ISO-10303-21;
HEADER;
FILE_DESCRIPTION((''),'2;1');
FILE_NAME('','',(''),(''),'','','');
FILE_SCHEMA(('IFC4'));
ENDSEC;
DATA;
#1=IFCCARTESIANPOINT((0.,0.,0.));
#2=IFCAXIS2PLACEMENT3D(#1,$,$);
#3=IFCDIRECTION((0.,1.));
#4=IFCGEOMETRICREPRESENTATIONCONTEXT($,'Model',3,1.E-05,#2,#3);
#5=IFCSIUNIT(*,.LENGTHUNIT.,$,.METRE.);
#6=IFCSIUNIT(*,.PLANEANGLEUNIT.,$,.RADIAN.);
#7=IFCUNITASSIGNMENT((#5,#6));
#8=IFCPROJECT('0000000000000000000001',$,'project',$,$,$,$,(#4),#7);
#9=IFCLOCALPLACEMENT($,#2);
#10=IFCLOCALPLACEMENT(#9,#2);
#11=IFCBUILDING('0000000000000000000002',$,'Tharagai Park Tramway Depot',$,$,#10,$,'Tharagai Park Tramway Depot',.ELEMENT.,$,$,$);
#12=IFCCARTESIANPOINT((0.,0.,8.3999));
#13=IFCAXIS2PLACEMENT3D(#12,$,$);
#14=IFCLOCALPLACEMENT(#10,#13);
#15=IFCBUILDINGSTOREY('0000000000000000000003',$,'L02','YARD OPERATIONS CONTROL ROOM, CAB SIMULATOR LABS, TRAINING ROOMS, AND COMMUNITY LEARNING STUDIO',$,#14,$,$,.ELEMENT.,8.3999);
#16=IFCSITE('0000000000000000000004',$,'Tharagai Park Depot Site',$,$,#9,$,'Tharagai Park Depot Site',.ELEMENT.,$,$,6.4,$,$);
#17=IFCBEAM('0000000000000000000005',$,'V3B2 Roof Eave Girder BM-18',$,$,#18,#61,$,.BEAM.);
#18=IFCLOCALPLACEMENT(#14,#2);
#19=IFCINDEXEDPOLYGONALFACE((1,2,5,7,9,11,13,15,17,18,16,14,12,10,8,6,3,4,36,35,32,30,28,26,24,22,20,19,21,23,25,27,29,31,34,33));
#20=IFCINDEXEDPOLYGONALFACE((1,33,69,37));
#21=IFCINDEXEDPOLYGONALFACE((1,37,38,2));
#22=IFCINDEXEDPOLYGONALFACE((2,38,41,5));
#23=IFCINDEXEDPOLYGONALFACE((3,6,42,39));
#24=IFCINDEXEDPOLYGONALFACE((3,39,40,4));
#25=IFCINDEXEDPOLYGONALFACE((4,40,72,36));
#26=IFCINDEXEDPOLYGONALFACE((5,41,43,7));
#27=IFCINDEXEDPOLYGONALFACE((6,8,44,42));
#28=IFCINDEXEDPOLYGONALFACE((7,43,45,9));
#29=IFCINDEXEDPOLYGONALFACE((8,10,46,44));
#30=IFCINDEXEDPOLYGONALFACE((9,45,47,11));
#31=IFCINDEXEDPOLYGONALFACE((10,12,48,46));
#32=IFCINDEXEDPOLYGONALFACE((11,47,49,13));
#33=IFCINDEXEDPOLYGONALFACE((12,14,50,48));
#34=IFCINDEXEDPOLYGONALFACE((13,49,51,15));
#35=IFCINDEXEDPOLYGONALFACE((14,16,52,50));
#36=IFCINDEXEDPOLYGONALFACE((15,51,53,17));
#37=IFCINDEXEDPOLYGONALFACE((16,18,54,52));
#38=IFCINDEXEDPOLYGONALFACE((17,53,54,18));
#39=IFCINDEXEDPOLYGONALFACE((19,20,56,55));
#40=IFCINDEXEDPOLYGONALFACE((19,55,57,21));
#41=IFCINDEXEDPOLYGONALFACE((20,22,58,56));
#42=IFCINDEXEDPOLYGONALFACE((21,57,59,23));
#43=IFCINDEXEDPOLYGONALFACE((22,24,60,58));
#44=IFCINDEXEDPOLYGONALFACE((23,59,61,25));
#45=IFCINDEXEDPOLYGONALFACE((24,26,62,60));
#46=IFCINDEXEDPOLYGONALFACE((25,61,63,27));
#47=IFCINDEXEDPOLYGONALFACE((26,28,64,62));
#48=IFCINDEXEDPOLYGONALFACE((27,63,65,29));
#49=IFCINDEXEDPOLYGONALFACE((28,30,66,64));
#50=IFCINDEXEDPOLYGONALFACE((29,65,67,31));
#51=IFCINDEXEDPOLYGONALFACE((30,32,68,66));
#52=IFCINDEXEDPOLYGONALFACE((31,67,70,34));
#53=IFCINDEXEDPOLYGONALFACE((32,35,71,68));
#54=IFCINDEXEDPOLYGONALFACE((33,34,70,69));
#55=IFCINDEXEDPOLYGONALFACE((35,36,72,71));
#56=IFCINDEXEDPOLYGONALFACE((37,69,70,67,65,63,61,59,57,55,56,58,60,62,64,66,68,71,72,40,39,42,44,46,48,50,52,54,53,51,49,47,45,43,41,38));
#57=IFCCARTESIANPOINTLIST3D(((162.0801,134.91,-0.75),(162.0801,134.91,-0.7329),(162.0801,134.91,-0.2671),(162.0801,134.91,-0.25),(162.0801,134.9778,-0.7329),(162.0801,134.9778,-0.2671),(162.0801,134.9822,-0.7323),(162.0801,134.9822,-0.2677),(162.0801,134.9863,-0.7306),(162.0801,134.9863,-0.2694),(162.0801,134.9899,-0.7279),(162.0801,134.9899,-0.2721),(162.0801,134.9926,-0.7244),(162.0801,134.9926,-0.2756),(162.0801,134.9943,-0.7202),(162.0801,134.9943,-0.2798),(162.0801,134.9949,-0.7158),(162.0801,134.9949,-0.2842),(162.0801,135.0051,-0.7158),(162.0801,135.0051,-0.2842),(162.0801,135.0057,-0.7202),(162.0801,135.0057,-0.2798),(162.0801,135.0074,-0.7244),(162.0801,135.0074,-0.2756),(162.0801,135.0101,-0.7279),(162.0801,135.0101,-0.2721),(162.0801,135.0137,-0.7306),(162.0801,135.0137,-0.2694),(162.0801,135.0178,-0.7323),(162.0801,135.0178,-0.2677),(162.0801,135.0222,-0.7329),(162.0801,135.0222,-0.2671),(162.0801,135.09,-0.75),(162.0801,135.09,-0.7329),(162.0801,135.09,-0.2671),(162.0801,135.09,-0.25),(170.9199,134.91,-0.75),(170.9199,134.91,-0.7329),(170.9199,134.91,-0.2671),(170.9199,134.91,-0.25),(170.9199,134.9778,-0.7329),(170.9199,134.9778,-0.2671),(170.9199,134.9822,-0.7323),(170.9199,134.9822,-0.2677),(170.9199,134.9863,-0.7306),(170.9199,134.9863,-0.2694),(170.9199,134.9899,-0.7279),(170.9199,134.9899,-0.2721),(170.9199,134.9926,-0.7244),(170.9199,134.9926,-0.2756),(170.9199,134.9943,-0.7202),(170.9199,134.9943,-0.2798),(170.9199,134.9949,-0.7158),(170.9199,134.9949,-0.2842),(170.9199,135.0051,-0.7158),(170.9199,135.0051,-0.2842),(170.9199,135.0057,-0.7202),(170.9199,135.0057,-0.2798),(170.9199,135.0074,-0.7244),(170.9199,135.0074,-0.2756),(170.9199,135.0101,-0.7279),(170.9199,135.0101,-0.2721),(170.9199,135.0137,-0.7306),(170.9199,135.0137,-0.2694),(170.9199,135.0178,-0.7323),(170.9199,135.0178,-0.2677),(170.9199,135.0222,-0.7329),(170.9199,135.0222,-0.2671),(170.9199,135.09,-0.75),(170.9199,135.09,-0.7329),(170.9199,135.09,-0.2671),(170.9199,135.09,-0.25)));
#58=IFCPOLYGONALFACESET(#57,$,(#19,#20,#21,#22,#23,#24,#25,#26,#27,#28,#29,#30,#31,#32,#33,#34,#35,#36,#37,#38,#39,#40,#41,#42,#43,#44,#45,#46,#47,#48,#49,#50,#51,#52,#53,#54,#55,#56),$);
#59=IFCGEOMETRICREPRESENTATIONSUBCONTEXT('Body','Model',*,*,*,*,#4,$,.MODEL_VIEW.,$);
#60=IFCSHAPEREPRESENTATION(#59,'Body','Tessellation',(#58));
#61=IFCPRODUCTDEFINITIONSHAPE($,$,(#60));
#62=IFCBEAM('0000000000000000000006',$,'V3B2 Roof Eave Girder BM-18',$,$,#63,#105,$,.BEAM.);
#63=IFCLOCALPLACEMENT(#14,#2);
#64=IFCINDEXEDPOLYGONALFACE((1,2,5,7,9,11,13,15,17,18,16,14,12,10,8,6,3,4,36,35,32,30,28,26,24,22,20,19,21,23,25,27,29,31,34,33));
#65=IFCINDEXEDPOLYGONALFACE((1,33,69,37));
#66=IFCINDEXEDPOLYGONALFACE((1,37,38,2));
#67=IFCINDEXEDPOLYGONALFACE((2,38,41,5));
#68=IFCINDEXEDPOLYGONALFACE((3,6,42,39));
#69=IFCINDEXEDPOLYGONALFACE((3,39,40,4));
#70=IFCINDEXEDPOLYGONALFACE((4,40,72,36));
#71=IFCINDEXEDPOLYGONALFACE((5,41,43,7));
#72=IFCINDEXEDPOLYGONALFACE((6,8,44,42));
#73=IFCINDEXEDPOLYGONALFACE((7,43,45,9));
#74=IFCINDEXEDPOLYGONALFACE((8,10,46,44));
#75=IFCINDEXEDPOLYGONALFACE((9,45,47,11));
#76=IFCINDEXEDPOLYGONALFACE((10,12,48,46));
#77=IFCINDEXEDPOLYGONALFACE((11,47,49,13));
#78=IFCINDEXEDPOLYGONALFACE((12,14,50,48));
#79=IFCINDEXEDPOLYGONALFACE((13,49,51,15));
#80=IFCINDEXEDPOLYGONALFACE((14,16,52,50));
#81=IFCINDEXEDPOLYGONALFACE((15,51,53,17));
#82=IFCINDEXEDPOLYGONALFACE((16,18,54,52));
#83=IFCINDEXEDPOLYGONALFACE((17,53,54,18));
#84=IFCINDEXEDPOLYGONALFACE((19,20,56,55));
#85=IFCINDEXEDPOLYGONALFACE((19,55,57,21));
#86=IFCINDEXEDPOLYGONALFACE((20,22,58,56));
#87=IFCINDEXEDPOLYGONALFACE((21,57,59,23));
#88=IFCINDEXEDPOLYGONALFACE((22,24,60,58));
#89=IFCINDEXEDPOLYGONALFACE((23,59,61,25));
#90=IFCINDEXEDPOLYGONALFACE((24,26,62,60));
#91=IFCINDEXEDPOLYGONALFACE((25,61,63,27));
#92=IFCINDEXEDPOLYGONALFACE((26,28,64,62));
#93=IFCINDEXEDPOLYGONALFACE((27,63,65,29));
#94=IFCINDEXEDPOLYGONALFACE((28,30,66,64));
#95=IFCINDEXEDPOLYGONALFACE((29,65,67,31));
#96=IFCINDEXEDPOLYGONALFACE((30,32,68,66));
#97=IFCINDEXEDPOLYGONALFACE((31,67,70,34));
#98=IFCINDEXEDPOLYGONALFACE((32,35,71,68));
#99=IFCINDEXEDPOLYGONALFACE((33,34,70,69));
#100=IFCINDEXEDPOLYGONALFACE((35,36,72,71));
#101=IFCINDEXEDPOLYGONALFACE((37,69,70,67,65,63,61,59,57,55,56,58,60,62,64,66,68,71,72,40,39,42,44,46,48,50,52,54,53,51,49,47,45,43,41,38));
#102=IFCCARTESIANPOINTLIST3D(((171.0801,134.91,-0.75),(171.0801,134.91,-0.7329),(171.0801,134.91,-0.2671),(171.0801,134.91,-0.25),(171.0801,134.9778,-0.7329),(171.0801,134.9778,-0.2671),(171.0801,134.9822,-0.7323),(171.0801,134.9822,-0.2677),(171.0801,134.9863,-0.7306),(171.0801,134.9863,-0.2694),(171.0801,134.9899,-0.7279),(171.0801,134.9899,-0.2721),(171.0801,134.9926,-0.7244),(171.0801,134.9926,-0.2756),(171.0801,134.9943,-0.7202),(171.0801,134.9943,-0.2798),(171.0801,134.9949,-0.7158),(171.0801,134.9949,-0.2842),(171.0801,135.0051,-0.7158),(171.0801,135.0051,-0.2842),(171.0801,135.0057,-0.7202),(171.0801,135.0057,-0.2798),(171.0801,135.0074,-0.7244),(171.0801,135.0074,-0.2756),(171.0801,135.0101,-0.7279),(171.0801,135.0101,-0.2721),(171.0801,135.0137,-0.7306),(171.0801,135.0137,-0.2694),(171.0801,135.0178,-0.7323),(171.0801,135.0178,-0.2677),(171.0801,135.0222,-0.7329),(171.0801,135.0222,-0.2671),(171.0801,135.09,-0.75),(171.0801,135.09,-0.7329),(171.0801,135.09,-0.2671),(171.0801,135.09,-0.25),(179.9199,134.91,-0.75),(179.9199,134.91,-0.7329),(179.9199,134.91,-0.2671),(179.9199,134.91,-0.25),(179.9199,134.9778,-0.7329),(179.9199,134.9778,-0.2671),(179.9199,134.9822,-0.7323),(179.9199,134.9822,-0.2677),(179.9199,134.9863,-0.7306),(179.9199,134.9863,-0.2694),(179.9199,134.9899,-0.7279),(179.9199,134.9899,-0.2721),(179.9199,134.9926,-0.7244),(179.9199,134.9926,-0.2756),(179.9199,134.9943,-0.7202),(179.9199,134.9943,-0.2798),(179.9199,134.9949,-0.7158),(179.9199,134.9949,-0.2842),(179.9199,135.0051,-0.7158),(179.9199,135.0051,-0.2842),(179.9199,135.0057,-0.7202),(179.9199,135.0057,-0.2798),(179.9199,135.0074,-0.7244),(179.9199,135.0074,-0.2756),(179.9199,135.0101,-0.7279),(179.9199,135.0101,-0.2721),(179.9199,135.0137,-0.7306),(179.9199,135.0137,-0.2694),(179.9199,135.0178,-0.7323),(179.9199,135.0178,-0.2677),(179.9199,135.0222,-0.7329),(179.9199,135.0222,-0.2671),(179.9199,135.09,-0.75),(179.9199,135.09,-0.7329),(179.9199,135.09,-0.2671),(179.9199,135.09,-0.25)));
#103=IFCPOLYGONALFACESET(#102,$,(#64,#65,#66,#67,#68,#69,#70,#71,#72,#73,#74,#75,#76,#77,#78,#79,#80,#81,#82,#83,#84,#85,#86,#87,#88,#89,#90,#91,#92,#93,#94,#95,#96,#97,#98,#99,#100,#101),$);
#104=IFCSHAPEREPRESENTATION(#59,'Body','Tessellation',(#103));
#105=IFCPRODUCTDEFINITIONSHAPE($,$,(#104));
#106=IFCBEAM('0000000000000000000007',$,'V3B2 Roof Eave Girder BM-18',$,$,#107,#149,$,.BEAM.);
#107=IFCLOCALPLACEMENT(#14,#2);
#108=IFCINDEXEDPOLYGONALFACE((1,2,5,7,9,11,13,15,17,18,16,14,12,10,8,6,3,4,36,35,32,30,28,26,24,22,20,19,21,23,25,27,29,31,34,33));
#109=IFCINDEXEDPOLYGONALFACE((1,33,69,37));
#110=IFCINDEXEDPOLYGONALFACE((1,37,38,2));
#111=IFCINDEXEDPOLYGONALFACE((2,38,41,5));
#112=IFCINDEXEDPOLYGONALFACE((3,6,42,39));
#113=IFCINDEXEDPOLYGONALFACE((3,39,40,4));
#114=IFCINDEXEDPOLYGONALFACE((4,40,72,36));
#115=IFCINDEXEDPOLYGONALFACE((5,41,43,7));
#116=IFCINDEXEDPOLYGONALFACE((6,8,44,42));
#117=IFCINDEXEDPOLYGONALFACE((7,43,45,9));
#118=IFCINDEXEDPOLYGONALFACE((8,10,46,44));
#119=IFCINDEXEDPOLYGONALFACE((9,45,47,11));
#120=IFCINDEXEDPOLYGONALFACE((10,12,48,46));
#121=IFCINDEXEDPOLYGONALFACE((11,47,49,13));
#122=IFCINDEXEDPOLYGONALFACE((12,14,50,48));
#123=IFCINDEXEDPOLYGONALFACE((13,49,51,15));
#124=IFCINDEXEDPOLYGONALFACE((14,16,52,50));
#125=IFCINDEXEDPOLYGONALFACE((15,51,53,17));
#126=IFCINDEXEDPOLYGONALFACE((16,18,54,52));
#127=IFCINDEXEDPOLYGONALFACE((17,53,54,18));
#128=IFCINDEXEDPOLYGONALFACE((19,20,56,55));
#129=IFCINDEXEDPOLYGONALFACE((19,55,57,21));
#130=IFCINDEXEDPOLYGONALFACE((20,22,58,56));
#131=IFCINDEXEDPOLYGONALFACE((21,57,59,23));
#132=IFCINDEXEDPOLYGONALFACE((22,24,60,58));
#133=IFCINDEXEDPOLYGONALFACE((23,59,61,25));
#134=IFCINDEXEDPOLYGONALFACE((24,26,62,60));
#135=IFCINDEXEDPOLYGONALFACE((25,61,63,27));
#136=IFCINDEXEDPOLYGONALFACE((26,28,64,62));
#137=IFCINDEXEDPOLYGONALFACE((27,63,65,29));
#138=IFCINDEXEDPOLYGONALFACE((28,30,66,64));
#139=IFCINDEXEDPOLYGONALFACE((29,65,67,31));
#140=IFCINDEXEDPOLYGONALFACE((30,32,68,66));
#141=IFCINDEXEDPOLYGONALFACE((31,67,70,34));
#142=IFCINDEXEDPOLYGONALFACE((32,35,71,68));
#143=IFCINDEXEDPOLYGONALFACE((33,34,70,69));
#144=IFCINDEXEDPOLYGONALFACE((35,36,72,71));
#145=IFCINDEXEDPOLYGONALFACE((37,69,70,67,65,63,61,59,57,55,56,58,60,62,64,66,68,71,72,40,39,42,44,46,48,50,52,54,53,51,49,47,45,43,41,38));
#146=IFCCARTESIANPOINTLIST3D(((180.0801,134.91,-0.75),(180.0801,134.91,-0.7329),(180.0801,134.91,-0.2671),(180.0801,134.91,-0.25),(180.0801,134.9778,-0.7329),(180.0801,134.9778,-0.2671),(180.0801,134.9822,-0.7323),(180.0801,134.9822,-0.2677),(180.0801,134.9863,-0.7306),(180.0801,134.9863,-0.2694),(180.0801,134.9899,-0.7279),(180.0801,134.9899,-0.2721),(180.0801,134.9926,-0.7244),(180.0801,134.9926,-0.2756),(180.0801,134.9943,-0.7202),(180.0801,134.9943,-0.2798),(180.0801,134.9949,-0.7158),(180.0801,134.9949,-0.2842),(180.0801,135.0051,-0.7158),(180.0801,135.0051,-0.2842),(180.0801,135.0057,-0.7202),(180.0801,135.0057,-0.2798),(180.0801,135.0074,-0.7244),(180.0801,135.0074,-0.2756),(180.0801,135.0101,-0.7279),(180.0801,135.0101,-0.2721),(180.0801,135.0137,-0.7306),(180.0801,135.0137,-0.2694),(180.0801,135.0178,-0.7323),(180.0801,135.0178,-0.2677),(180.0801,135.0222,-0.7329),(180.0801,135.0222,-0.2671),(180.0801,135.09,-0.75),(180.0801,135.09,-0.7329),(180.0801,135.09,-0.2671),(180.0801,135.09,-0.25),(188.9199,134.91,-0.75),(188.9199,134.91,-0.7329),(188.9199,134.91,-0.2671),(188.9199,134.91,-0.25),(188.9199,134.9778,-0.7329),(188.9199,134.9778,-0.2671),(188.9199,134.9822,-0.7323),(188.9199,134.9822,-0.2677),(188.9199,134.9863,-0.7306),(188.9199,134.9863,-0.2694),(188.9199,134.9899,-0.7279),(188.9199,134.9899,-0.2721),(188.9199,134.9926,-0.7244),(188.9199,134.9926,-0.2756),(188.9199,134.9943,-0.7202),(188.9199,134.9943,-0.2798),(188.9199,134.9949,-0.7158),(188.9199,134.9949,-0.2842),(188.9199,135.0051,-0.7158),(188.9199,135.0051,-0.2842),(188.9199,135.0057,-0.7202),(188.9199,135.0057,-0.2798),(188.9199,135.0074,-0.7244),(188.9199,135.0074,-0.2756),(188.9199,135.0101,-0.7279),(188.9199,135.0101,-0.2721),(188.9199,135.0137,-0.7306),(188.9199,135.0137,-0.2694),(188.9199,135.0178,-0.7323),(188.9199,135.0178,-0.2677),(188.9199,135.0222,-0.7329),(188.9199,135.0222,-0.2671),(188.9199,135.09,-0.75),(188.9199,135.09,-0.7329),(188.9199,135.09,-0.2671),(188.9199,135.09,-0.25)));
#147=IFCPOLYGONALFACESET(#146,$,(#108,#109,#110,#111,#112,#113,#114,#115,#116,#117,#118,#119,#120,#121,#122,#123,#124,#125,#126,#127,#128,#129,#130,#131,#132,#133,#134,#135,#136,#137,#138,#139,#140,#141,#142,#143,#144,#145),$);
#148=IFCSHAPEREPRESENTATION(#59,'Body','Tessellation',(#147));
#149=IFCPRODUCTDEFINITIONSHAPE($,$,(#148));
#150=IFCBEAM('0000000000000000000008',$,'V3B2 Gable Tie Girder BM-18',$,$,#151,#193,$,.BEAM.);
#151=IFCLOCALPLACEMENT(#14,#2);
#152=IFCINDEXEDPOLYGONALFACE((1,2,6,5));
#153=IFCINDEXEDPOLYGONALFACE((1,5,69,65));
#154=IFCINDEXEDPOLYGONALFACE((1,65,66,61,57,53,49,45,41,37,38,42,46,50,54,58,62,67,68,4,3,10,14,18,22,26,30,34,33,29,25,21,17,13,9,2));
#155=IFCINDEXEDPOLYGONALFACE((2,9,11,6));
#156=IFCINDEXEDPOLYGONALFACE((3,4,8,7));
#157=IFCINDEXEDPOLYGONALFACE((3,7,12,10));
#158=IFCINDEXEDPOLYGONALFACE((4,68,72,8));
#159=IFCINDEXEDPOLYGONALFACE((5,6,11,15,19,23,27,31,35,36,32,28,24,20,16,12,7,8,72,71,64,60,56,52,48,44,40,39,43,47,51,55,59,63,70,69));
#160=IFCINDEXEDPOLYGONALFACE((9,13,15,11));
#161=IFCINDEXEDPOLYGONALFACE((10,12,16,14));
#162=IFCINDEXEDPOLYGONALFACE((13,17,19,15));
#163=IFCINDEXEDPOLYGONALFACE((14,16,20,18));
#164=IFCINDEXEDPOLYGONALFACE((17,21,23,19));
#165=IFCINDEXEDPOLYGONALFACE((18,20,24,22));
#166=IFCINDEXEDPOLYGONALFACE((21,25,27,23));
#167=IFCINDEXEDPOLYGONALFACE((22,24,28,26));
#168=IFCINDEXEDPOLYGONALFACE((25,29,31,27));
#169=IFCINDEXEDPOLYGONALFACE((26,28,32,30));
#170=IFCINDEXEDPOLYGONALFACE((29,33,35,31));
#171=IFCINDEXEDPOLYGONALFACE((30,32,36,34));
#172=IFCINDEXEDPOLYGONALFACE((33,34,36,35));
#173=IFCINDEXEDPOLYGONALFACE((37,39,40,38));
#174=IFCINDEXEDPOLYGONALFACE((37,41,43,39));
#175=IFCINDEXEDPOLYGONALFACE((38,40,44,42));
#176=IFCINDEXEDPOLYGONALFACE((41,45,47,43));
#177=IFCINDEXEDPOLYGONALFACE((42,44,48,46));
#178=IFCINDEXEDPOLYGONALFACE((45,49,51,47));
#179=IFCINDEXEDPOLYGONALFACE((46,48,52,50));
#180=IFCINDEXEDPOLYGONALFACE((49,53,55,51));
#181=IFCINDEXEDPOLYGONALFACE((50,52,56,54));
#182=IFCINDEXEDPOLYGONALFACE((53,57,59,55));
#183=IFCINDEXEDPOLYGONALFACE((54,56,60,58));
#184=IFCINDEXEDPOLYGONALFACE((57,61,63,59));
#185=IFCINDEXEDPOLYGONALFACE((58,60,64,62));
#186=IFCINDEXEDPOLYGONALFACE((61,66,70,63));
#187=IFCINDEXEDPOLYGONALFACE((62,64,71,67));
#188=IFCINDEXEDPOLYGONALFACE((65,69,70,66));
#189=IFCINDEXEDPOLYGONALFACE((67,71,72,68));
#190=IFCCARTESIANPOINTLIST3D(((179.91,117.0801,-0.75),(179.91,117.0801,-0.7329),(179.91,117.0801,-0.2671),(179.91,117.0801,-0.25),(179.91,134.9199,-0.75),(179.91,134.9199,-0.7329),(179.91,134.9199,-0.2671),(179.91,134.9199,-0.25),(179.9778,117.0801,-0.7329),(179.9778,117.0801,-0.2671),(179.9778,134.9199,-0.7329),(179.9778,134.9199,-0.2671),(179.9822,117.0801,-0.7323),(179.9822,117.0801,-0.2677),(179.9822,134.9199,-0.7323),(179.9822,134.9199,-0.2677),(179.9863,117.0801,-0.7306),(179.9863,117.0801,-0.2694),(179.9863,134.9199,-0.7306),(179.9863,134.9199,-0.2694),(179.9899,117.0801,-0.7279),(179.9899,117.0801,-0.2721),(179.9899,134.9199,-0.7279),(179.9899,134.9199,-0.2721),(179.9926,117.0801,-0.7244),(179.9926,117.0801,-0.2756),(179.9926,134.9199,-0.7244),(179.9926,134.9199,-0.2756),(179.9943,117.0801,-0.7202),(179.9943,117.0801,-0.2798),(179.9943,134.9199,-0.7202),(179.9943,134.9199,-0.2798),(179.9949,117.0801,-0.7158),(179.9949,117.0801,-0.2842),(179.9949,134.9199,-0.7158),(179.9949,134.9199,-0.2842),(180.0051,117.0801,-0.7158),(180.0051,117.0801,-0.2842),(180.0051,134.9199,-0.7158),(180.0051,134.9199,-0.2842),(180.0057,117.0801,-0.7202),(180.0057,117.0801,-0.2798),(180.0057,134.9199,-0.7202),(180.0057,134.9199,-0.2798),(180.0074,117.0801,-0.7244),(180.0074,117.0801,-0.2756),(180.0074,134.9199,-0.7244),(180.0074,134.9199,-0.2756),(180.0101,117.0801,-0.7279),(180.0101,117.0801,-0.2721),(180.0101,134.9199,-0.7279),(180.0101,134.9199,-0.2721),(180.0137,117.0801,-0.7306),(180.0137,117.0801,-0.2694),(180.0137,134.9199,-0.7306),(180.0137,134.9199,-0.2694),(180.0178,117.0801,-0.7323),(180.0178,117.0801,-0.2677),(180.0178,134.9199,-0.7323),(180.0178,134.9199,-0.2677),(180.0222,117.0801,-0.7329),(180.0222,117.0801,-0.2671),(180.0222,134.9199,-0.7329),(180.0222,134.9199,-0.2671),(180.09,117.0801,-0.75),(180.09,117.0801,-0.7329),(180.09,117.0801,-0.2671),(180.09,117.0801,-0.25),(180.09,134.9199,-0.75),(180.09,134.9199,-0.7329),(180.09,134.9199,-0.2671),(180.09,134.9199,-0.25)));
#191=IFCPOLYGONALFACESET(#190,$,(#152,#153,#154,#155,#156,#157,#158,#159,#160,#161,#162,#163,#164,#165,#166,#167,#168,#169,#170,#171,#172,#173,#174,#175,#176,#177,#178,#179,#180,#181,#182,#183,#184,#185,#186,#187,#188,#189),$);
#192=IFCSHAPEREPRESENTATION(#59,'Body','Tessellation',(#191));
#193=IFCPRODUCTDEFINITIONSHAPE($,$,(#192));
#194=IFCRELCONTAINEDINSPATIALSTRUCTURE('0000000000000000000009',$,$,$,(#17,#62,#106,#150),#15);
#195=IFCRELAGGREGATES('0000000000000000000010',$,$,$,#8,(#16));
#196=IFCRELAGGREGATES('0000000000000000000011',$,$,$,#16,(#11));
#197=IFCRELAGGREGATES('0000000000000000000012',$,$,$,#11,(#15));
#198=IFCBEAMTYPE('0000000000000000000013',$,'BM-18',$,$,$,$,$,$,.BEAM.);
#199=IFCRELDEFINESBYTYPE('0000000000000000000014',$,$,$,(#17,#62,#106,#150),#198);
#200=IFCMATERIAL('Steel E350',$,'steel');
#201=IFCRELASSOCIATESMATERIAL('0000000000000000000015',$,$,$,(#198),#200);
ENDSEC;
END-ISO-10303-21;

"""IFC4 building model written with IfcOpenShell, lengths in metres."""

from ifc_helpers import new_model, si_unit, direction, frame, origin, origin_2d, place, context, subcontext, project, spatial, i_section, extrude, material, material_profile, profile_set, type_object, element, save


model = new_model("IFC4")

# Units and contexts
model_context = context("Model", 3, precision=1e-05, world=origin(), true_north=direction((0.0, 1.0)))
body_context = subcontext(model_context, "Body", "Model", "MODEL_VIEW")
ifc_project = project(units=[si_unit("LENGTHUNIT", "METRE"), si_unit("PLANEANGLEUNIT", "RADIAN")], contexts=[model_context])

# Site, building, storey
site_placement = place(None, origin())
site = spatial("IfcSite", under=ifc_project, at=site_placement, Name="Tharagai Park Depot Site", LongName="Tharagai Park Depot Site", CompositionType="ELEMENT", RefElevation=6.4)
building_placement = place(site_placement, origin())
building = spatial("IfcBuilding", under=site, at=building_placement, Name="Tharagai Park Tramway Depot", LongName="Tharagai Park Tramway Depot", CompositionType="ELEMENT")
storey_placement = place(building_placement, frame((0.0, 0.0, 8.3999)))
storey = spatial("IfcBuildingStorey", under=building, at=storey_placement, Name="L02", Description="YARD OPERATIONS CONTROL ROOM, CAB SIMULATOR LABS, TRAINING ROOMS, AND COMMUNITY LEARNING STUDIO", CompositionType="ELEMENT", Elevation=8.3999)

# Beams
ifc_material_1 = material(Name="Steel E350", Category="steel")
ifc_material_profile_1 = material_profile(ifc_material_1, i_section(OverallWidth=0.1799, OverallDepth=0.5, WebThickness=0.0103, FlangeThickness=0.0171, FilletRadius=0.0171, at=origin_2d()), Name="ISMB 500")
ifc_profile_set_1 = profile_set([ifc_material_profile_1], Name="Steel E350")
beam_type = type_object("IfcBeamType", Name="BM-18", PredefinedType="BEAM", material=ifc_profile_set_1)
for number, where, z_axis, x_axis, name in (
    (1, (162.0801, 135.0, -0.5), (1.0, 0.0, 0.0), (0.0, 1.0, 0.0), "V3B2 Roof Eave Girder BM-18"),
    (2, (171.0801, 135.0, -0.5), (1.0, 0.0, 0.0), (0.0, 1.0, 0.0), "V3B2 Roof Eave Girder BM-18"),
    (3, (180.0801, 135.0, -0.5), (1.0, 0.0, 0.0), (0.0, 1.0, 0.0), "V3B2 Roof Eave Girder BM-18"),
):
    element("IfcBeam", number, at=place(storey_placement, frame(where, z_axis=z_axis, x_axis=x_axis)), inside=storey, type_object=beam_type, Name=name, PredefinedType="BEAM", context=body_context, shape_type="SweptSolid", body=[
        extrude(i_section(OverallWidth=0.1799, OverallDepth=0.5, WebThickness=0.0103, FlangeThickness=0.0171, FilletRadius=0.0171, at=origin_2d()), origin(), (0.0, 0.0, 1.0), 8.8398),
    ])
for number, where, z_axis, x_axis, name in (
    (4, (180.0, 117.0801, -0.5), (0.0, 1.0, 0.0), (-1.0, 0.0, 0.0), "V3B2 Gable Tie Girder BM-18"),
):
    element("IfcBeam", number, at=place(storey_placement, frame(where, z_axis=z_axis, x_axis=x_axis)), inside=storey, type_object=beam_type, Name=name, PredefinedType="BEAM", context=body_context, shape_type="SweptSolid", body=[
        extrude(i_section(OverallWidth=0.1799, OverallDepth=0.5, WebThickness=0.0103, FlangeThickness=0.0171, FilletRadius=0.0171, at=origin_2d()), origin(), (0.0, 0.0, 1.0), 17.8398),
    ])

save(model, "model.ifc")
